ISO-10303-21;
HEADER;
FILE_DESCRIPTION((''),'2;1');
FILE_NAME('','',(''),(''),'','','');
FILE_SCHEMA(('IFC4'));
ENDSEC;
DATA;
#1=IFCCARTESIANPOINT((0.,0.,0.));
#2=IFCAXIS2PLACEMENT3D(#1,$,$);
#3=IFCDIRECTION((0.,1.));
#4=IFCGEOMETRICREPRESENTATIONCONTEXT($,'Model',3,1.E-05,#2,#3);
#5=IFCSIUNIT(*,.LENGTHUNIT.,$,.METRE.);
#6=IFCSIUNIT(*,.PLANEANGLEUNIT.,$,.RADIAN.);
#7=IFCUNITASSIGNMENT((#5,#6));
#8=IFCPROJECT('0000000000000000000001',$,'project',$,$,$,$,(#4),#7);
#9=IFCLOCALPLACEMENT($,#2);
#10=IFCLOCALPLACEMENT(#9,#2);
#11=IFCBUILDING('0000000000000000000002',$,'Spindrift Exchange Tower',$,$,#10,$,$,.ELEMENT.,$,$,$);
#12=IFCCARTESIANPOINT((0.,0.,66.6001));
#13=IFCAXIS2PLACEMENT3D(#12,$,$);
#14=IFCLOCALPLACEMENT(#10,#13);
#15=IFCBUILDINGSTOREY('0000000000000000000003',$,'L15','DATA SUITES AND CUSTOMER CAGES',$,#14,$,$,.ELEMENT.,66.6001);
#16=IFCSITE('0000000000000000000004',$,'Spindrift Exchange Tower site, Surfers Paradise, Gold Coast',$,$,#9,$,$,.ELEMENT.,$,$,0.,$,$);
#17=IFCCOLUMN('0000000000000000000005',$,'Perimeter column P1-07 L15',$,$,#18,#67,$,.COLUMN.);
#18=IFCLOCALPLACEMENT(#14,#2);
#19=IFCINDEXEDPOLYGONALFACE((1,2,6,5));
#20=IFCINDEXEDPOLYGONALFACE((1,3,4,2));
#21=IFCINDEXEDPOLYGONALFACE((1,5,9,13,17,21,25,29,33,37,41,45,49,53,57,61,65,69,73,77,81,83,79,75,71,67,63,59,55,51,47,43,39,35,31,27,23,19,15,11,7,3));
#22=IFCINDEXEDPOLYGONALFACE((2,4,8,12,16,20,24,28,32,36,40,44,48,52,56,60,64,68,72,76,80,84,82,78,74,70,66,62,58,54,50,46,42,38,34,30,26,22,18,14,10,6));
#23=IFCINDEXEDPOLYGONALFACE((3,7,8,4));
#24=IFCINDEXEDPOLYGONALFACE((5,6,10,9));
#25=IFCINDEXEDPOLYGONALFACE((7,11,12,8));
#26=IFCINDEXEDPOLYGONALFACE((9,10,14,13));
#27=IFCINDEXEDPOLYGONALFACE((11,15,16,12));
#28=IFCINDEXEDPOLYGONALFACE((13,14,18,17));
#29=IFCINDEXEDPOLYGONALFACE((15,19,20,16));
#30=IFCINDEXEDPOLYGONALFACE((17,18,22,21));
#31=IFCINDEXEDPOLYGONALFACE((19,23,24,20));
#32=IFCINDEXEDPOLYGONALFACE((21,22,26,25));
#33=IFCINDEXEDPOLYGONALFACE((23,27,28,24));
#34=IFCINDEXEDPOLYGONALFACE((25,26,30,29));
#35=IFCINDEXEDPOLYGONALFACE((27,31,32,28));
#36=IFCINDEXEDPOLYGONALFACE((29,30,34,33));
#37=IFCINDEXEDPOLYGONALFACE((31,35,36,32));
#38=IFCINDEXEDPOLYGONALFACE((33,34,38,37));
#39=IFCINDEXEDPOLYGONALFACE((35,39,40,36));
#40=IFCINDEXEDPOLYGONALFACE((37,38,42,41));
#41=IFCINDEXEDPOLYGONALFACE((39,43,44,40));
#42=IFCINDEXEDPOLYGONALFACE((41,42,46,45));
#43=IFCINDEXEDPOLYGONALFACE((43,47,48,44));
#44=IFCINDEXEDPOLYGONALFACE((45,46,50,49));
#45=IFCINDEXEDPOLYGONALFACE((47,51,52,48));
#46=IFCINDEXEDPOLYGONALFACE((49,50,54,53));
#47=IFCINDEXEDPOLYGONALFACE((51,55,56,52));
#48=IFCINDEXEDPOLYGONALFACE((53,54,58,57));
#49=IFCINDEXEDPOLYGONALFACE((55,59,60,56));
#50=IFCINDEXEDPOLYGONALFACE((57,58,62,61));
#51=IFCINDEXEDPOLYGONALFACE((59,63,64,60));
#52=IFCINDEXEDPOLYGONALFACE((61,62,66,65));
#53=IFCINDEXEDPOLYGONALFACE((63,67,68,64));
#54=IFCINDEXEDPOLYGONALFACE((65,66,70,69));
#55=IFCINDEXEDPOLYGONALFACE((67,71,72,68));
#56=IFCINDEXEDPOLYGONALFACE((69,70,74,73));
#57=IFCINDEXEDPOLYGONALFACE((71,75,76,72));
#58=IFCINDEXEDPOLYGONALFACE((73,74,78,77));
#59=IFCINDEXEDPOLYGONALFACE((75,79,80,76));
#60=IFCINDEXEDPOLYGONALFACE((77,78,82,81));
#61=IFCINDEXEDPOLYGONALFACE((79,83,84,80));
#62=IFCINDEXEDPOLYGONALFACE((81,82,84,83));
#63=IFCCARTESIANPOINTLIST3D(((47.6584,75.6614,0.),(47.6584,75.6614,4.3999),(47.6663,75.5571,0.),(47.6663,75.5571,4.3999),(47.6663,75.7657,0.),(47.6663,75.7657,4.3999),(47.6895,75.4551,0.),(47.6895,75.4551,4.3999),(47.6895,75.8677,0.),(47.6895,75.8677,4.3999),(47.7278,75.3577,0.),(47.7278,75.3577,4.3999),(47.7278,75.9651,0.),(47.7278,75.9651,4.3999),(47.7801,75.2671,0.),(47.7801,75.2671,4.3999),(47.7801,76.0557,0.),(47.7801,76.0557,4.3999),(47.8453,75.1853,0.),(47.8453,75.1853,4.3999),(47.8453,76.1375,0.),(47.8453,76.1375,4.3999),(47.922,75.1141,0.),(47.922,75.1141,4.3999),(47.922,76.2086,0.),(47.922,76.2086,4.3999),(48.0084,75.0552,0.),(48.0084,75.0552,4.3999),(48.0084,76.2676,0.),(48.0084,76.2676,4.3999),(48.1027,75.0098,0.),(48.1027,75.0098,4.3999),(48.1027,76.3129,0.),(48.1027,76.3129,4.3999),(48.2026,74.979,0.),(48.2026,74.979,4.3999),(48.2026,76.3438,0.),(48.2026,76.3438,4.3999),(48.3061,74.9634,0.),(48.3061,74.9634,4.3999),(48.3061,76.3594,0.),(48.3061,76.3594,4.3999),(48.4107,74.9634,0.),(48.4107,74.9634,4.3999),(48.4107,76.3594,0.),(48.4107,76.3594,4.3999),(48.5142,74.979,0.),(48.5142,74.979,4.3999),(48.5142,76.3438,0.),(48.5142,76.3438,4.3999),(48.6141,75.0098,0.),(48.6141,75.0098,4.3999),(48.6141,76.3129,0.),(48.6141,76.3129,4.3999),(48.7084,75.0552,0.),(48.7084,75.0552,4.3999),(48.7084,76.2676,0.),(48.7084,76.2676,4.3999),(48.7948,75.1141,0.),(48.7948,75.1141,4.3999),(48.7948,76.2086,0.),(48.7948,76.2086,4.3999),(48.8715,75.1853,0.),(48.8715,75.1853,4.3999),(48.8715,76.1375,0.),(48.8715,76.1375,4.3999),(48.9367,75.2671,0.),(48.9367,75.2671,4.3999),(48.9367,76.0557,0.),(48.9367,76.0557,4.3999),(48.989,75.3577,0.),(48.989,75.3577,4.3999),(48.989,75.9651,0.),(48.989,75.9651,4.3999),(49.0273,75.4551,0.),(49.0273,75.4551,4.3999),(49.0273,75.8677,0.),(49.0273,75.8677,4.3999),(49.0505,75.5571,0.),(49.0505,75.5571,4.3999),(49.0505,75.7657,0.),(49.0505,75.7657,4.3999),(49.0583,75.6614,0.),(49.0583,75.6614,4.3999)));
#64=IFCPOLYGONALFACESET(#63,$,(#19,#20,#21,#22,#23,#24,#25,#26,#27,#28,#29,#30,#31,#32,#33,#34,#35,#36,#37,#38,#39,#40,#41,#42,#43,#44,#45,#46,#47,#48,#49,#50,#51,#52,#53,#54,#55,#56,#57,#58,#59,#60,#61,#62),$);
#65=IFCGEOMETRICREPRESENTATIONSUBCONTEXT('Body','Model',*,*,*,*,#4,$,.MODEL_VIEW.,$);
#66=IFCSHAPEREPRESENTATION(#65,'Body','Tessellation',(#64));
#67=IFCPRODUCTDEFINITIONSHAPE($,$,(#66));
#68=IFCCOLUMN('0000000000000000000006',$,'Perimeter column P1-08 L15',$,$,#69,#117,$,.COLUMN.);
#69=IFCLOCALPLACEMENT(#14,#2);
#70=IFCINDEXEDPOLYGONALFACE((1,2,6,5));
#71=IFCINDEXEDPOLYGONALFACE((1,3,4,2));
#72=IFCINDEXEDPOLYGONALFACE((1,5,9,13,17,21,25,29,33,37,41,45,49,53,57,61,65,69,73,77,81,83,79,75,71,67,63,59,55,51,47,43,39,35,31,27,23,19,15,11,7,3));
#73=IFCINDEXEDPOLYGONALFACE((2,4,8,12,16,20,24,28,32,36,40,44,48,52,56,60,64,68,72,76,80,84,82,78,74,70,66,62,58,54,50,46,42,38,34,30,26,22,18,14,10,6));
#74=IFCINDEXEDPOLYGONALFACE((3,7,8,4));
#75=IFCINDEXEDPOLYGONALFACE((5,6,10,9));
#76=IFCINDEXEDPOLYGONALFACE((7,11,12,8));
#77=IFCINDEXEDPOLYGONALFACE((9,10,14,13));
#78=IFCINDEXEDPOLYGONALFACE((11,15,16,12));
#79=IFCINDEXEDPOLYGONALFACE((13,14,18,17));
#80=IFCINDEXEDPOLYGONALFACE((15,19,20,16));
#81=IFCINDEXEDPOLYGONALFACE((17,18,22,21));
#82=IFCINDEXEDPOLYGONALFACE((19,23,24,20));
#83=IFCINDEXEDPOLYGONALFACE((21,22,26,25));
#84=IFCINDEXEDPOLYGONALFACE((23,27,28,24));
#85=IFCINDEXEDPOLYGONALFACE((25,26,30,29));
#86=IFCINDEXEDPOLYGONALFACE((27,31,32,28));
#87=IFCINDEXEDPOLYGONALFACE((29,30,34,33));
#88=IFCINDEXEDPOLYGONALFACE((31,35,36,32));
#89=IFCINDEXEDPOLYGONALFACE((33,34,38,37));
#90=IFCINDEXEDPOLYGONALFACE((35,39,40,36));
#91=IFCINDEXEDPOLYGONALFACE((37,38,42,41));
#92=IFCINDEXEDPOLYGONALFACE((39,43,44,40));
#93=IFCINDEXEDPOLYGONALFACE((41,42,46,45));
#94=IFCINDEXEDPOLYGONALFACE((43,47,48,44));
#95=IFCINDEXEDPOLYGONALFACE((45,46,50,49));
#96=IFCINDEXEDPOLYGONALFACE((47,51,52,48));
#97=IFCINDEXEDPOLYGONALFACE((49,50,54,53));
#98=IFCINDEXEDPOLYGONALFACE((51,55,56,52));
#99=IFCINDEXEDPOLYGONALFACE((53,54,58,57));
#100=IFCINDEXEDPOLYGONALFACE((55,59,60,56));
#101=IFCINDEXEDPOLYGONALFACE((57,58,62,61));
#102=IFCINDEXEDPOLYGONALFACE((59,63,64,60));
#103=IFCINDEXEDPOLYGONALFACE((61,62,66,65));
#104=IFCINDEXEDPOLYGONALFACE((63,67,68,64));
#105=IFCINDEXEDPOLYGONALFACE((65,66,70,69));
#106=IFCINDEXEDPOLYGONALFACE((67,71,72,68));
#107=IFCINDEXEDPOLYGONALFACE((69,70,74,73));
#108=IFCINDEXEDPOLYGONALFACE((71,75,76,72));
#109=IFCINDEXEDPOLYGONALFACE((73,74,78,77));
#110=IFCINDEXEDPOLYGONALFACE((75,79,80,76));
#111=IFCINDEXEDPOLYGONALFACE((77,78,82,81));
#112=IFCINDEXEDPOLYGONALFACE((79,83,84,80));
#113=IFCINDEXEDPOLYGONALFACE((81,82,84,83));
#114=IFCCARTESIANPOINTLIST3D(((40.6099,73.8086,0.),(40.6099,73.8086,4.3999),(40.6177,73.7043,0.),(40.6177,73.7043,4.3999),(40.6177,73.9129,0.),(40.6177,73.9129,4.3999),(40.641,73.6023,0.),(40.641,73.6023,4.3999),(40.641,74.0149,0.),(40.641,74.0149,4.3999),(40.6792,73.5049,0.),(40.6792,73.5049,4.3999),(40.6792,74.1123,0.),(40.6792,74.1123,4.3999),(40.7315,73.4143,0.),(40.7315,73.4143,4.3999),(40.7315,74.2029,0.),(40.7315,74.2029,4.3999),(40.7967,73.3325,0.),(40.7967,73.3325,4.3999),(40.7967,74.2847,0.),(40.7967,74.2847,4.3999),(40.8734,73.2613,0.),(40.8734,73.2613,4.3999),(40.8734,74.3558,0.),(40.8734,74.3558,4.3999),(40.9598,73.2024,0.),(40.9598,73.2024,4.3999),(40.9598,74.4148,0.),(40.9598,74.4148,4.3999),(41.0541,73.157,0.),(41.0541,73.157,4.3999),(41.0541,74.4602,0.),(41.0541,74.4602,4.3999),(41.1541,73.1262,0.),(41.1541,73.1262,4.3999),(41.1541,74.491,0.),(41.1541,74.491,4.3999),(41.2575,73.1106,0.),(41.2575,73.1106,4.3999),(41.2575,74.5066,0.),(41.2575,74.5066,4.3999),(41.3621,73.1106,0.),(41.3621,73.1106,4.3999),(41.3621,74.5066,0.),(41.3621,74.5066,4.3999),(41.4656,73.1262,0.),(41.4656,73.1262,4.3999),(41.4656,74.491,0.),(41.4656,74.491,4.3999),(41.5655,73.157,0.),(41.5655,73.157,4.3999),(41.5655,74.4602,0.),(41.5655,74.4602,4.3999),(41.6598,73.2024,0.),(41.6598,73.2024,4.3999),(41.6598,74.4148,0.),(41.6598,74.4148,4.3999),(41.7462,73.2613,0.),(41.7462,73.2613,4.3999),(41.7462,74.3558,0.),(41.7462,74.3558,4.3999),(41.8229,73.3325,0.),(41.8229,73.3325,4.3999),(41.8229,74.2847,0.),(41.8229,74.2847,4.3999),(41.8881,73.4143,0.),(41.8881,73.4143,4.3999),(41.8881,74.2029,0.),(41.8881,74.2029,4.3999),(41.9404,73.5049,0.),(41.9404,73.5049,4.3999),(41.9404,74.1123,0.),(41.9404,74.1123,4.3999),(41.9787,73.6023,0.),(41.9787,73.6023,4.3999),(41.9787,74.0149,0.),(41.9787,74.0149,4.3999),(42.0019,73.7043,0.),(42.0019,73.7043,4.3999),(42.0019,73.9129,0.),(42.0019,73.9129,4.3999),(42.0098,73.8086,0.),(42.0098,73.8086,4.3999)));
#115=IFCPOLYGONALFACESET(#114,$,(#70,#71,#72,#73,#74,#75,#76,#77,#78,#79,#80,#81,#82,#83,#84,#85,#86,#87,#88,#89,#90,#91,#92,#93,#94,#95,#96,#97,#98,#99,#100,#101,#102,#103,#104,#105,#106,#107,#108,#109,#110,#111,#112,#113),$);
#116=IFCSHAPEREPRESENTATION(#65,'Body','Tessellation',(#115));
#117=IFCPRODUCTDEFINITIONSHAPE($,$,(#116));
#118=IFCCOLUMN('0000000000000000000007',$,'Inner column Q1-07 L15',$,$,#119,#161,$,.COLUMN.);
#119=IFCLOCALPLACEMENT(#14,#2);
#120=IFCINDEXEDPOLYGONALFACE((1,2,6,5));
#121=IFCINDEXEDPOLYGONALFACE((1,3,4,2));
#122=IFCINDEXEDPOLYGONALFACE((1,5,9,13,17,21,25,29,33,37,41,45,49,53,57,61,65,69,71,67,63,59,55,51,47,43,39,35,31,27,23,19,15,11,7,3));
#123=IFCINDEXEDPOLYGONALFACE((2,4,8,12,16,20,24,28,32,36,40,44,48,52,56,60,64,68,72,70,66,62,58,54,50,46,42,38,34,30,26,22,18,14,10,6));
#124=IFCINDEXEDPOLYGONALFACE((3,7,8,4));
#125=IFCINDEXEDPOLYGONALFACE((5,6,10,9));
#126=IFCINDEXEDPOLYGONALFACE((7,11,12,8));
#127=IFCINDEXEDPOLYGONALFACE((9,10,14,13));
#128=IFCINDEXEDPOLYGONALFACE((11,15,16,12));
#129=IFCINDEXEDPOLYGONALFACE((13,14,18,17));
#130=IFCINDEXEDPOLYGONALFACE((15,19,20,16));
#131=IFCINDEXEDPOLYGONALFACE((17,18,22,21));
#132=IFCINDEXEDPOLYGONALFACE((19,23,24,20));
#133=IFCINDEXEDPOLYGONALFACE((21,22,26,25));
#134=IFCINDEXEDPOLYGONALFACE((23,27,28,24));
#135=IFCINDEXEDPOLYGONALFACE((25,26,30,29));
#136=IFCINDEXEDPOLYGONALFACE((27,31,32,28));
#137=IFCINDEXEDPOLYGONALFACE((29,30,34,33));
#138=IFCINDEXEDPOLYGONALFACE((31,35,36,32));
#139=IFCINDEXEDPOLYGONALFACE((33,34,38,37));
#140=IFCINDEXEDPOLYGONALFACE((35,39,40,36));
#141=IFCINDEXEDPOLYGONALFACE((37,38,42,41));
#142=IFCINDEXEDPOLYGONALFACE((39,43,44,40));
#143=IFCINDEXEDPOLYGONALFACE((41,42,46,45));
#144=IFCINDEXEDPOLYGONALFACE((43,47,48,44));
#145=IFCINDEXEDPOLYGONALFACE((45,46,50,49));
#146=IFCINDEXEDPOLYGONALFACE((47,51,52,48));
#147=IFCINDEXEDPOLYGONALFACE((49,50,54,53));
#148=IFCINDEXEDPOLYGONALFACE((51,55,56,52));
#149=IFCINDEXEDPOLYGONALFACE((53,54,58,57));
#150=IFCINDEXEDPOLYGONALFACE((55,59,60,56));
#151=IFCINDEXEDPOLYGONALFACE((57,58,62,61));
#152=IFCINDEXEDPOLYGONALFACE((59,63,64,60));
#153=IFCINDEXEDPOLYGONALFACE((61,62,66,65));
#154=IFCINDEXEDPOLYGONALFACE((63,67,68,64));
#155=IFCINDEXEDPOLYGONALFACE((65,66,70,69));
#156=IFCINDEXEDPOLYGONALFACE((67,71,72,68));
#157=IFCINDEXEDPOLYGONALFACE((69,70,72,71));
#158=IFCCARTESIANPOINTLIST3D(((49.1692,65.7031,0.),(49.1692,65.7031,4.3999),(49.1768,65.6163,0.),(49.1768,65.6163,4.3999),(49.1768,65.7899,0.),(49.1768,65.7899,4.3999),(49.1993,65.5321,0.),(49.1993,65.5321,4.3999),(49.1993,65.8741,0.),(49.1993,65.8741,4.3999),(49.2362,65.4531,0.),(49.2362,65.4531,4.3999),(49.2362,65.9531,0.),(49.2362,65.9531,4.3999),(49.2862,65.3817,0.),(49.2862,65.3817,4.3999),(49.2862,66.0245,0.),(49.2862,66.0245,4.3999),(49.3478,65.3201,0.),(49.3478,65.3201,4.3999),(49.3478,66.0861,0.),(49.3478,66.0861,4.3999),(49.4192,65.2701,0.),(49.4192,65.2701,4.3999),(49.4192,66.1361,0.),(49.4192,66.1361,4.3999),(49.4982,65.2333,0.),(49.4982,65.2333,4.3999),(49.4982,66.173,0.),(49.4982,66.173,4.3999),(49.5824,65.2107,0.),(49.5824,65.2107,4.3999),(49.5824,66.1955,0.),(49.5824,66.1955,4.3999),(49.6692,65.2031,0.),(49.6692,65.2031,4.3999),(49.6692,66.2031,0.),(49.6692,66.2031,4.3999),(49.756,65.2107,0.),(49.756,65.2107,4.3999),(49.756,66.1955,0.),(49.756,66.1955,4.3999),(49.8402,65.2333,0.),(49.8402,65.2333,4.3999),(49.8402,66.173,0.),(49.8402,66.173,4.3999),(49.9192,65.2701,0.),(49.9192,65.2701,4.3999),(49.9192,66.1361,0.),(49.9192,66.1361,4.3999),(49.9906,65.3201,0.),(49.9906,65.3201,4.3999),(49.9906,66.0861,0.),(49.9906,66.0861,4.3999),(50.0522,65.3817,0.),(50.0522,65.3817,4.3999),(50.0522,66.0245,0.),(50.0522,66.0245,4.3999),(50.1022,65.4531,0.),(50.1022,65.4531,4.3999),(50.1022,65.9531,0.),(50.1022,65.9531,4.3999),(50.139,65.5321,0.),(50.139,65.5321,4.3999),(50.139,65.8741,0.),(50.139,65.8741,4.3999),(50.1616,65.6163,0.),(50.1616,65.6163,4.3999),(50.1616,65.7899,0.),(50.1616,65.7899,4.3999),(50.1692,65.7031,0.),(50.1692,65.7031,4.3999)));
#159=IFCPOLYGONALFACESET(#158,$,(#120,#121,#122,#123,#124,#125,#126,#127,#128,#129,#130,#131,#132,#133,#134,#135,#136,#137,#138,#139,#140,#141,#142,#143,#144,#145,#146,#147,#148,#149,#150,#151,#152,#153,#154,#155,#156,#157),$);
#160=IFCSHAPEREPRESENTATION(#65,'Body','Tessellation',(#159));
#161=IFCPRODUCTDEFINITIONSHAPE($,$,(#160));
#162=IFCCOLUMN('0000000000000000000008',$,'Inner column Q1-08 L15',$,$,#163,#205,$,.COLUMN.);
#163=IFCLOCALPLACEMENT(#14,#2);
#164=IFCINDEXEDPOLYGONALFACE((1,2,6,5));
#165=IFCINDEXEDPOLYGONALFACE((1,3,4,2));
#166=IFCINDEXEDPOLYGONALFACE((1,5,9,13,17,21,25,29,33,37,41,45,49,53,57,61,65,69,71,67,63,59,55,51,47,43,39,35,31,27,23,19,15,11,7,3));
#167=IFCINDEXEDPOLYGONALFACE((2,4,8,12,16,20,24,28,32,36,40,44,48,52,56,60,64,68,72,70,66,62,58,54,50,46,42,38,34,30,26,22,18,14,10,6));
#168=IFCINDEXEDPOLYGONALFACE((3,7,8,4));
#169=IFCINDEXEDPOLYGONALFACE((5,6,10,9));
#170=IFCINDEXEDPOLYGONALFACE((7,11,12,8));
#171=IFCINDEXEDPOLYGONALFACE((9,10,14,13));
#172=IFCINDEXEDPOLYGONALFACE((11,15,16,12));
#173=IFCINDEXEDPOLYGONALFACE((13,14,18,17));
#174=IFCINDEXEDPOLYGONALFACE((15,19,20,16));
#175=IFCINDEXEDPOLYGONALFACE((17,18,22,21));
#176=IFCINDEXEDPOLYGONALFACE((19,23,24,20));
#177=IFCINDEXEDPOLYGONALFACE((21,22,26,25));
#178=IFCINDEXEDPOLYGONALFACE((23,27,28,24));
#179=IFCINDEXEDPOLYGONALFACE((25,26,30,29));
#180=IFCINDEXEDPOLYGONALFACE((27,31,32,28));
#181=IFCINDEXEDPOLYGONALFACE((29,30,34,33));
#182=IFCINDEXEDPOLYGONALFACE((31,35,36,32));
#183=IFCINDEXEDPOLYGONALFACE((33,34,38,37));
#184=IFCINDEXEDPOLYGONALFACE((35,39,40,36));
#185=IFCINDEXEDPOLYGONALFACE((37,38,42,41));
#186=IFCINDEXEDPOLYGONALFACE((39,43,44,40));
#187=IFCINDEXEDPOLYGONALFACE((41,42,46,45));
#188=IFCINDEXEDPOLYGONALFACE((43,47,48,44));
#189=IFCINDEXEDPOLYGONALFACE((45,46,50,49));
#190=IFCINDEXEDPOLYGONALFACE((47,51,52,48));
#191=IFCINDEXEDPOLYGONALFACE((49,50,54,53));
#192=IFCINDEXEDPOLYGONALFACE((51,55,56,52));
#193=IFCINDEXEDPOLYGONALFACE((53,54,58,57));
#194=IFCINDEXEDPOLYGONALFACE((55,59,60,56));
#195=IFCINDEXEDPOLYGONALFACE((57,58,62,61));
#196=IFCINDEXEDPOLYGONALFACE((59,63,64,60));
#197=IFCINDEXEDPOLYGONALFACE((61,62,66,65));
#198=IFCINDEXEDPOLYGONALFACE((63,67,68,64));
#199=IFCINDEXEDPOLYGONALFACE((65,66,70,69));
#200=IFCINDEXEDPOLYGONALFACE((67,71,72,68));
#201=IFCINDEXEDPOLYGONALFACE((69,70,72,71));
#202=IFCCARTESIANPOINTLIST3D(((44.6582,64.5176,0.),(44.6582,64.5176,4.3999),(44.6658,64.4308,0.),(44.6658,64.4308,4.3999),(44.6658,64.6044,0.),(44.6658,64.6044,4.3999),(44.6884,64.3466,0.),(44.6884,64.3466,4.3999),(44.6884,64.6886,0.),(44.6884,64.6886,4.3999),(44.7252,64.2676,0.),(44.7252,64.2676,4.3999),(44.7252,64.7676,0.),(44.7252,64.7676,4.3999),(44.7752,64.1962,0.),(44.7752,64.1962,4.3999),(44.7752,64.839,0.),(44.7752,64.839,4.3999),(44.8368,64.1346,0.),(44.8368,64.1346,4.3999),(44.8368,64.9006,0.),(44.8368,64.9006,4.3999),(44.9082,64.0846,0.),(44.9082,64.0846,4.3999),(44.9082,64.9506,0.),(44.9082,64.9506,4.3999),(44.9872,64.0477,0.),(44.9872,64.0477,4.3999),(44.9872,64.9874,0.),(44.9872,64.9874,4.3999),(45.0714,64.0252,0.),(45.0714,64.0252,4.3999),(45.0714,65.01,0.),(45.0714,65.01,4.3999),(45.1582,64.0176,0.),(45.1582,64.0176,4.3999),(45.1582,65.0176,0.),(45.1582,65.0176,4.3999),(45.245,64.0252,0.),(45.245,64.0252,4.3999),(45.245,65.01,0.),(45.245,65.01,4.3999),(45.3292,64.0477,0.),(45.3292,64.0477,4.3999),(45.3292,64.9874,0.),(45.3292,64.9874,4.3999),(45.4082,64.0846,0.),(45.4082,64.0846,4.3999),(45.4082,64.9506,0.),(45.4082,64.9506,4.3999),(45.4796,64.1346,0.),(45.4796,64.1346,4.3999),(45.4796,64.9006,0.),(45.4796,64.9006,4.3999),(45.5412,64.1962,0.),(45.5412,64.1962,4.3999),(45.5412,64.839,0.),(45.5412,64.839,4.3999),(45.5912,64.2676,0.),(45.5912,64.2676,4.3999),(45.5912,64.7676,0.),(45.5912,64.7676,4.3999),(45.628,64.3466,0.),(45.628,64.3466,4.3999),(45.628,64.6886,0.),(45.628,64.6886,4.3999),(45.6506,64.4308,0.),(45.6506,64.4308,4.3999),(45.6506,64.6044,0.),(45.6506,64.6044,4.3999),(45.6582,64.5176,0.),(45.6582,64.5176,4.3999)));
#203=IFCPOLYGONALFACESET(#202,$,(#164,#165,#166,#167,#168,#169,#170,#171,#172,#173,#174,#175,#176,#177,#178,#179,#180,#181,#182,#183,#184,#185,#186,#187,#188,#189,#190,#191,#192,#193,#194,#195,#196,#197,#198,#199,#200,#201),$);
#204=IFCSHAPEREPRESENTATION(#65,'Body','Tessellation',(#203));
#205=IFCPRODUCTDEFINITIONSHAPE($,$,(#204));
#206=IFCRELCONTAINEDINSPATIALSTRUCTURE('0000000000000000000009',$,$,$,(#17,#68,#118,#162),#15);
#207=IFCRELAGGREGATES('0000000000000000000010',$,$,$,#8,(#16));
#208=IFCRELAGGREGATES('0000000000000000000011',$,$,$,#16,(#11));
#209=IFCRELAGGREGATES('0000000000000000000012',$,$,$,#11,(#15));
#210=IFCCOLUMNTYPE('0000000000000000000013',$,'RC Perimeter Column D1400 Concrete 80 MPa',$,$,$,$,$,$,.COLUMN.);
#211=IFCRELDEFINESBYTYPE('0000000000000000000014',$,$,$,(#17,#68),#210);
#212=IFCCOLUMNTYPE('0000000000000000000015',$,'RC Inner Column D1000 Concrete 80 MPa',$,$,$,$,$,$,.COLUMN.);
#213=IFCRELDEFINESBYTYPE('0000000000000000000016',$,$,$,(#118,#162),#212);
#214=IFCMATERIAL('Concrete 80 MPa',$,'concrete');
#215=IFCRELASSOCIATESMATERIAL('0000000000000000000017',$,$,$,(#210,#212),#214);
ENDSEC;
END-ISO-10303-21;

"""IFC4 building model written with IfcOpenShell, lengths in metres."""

from ifc_helpers import new_model, si_unit, direction, frame, origin, origin_2d, place, context, subcontext, project, spatial, circle, extrude, source, transform, mapped, material, material_profile, profile_set, type_object, element, save


model = new_model("IFC4")

# Units and contexts
model_context = context("Model", 3, precision=1e-05, world=origin(), true_north=direction((0.0, 1.0)))
body_context = subcontext(model_context, "Body", "Model", "MODEL_VIEW")
ifc_project = project(units=[si_unit("LENGTHUNIT", "METRE"), si_unit("PLANEANGLEUNIT", "RADIAN")], contexts=[model_context])

# Site, building, storey
site_placement = place(None, origin())
site = spatial("IfcSite", under=ifc_project, at=site_placement, Name="Spindrift Exchange Tower site, Surfers Paradise, Gold Coast", CompositionType="ELEMENT", RefElevation=0.0)
building_placement = place(site_placement, origin())
building = spatial("IfcBuilding", under=site, at=building_placement, Name="Spindrift Exchange Tower", CompositionType="ELEMENT")
storey_placement = place(building_placement, frame((0.0, 0.0, 66.6001)))
storey = spatial("IfcBuildingStorey", under=building, at=storey_placement, Name="L15", Description="DATA SUITES AND CUSTOMER CAGES", CompositionType="ELEMENT", Elevation=66.6001)

# Columns
ifc_material_1 = material(Name="Concrete 80 MPa", Category="concrete")
ifc_material_profile_1 = material_profile(ifc_material_1, circle(Radius=0.7, at=origin_2d()), Name="RC D1400")
ifc_profile_set_1 = profile_set([ifc_material_profile_1], Name="Concrete 80 MPa")
column_type_1 = type_object("IfcColumnType", Name="RC Perimeter Column D1400 Concrete 80 MPa", PredefinedType="COLUMN", material=ifc_profile_set_1)
shared_shape_1 = source(origin(), body_context, "Body", "SweptSolid", [
    extrude(circle(Radius=0.7, at=origin_2d()), origin(), (0.0, 0.0, 1.0), 4.3999),
])
for number, where, z_axis, x_axis, name in (
    (1, (48.3584, 75.6614, 0.0), (0.0, 0.0, 1.0), (1.0, 0.0, 0.0), "Perimeter column P1-07 L15"),
    (2, (41.3098, 73.8086, 0.0), (0.0, 0.0, 1.0), (1.0, 0.0, 0.0), "Perimeter column P1-08 L15"),
):
    element("IfcColumn", number, at=place(storey_placement, frame(where, z_axis=z_axis, x_axis=x_axis)), inside=storey, type_object=column_type_1, Name=name, PredefinedType="COLUMN", context=body_context, shape_type="MappedRepresentation", body=[
        mapped(shared_shape_1, transform((0.0, 0.0, 0.0), scale=1.0)),
    ])
ifc_material_profile_2 = material_profile(ifc_material_1, circle(Radius=0.5, at=origin_2d()), Name="RC D1000")
ifc_profile_set_2 = profile_set([ifc_material_profile_2], Name="Concrete 80 MPa")
column_type_2 = type_object("IfcColumnType", Name="RC Inner Column D1000 Concrete 80 MPa", PredefinedType="COLUMN", material=ifc_profile_set_2)
shared_shape_2 = source(origin(), body_context, "Body", "SweptSolid", [
    extrude(circle(Radius=0.5, at=origin_2d()), origin(), (0.0, 0.0, 1.0), 4.3999),
])
for number, where, z_axis, x_axis, name in (
    (3, (49.6692, 65.7031, 0.0), (0.0, 0.0, 1.0), (1.0, 0.0, 0.0), "Inner column Q1-07 L15"),
    (4, (45.1582, 64.5176, 0.0), (0.0, 0.0, 1.0), (1.0, 0.0, 0.0), "Inner column Q1-08 L15"),
):
    element("IfcColumn", number, at=place(storey_placement, frame(where, z_axis=z_axis, x_axis=x_axis)), inside=storey, type_object=column_type_2, Name=name, PredefinedType="COLUMN", context=body_context, shape_type="MappedRepresentation", body=[
        mapped(shared_shape_2, transform((0.0, 0.0, 0.0), scale=1.0)),
    ])

save(model, "model.ifc")
